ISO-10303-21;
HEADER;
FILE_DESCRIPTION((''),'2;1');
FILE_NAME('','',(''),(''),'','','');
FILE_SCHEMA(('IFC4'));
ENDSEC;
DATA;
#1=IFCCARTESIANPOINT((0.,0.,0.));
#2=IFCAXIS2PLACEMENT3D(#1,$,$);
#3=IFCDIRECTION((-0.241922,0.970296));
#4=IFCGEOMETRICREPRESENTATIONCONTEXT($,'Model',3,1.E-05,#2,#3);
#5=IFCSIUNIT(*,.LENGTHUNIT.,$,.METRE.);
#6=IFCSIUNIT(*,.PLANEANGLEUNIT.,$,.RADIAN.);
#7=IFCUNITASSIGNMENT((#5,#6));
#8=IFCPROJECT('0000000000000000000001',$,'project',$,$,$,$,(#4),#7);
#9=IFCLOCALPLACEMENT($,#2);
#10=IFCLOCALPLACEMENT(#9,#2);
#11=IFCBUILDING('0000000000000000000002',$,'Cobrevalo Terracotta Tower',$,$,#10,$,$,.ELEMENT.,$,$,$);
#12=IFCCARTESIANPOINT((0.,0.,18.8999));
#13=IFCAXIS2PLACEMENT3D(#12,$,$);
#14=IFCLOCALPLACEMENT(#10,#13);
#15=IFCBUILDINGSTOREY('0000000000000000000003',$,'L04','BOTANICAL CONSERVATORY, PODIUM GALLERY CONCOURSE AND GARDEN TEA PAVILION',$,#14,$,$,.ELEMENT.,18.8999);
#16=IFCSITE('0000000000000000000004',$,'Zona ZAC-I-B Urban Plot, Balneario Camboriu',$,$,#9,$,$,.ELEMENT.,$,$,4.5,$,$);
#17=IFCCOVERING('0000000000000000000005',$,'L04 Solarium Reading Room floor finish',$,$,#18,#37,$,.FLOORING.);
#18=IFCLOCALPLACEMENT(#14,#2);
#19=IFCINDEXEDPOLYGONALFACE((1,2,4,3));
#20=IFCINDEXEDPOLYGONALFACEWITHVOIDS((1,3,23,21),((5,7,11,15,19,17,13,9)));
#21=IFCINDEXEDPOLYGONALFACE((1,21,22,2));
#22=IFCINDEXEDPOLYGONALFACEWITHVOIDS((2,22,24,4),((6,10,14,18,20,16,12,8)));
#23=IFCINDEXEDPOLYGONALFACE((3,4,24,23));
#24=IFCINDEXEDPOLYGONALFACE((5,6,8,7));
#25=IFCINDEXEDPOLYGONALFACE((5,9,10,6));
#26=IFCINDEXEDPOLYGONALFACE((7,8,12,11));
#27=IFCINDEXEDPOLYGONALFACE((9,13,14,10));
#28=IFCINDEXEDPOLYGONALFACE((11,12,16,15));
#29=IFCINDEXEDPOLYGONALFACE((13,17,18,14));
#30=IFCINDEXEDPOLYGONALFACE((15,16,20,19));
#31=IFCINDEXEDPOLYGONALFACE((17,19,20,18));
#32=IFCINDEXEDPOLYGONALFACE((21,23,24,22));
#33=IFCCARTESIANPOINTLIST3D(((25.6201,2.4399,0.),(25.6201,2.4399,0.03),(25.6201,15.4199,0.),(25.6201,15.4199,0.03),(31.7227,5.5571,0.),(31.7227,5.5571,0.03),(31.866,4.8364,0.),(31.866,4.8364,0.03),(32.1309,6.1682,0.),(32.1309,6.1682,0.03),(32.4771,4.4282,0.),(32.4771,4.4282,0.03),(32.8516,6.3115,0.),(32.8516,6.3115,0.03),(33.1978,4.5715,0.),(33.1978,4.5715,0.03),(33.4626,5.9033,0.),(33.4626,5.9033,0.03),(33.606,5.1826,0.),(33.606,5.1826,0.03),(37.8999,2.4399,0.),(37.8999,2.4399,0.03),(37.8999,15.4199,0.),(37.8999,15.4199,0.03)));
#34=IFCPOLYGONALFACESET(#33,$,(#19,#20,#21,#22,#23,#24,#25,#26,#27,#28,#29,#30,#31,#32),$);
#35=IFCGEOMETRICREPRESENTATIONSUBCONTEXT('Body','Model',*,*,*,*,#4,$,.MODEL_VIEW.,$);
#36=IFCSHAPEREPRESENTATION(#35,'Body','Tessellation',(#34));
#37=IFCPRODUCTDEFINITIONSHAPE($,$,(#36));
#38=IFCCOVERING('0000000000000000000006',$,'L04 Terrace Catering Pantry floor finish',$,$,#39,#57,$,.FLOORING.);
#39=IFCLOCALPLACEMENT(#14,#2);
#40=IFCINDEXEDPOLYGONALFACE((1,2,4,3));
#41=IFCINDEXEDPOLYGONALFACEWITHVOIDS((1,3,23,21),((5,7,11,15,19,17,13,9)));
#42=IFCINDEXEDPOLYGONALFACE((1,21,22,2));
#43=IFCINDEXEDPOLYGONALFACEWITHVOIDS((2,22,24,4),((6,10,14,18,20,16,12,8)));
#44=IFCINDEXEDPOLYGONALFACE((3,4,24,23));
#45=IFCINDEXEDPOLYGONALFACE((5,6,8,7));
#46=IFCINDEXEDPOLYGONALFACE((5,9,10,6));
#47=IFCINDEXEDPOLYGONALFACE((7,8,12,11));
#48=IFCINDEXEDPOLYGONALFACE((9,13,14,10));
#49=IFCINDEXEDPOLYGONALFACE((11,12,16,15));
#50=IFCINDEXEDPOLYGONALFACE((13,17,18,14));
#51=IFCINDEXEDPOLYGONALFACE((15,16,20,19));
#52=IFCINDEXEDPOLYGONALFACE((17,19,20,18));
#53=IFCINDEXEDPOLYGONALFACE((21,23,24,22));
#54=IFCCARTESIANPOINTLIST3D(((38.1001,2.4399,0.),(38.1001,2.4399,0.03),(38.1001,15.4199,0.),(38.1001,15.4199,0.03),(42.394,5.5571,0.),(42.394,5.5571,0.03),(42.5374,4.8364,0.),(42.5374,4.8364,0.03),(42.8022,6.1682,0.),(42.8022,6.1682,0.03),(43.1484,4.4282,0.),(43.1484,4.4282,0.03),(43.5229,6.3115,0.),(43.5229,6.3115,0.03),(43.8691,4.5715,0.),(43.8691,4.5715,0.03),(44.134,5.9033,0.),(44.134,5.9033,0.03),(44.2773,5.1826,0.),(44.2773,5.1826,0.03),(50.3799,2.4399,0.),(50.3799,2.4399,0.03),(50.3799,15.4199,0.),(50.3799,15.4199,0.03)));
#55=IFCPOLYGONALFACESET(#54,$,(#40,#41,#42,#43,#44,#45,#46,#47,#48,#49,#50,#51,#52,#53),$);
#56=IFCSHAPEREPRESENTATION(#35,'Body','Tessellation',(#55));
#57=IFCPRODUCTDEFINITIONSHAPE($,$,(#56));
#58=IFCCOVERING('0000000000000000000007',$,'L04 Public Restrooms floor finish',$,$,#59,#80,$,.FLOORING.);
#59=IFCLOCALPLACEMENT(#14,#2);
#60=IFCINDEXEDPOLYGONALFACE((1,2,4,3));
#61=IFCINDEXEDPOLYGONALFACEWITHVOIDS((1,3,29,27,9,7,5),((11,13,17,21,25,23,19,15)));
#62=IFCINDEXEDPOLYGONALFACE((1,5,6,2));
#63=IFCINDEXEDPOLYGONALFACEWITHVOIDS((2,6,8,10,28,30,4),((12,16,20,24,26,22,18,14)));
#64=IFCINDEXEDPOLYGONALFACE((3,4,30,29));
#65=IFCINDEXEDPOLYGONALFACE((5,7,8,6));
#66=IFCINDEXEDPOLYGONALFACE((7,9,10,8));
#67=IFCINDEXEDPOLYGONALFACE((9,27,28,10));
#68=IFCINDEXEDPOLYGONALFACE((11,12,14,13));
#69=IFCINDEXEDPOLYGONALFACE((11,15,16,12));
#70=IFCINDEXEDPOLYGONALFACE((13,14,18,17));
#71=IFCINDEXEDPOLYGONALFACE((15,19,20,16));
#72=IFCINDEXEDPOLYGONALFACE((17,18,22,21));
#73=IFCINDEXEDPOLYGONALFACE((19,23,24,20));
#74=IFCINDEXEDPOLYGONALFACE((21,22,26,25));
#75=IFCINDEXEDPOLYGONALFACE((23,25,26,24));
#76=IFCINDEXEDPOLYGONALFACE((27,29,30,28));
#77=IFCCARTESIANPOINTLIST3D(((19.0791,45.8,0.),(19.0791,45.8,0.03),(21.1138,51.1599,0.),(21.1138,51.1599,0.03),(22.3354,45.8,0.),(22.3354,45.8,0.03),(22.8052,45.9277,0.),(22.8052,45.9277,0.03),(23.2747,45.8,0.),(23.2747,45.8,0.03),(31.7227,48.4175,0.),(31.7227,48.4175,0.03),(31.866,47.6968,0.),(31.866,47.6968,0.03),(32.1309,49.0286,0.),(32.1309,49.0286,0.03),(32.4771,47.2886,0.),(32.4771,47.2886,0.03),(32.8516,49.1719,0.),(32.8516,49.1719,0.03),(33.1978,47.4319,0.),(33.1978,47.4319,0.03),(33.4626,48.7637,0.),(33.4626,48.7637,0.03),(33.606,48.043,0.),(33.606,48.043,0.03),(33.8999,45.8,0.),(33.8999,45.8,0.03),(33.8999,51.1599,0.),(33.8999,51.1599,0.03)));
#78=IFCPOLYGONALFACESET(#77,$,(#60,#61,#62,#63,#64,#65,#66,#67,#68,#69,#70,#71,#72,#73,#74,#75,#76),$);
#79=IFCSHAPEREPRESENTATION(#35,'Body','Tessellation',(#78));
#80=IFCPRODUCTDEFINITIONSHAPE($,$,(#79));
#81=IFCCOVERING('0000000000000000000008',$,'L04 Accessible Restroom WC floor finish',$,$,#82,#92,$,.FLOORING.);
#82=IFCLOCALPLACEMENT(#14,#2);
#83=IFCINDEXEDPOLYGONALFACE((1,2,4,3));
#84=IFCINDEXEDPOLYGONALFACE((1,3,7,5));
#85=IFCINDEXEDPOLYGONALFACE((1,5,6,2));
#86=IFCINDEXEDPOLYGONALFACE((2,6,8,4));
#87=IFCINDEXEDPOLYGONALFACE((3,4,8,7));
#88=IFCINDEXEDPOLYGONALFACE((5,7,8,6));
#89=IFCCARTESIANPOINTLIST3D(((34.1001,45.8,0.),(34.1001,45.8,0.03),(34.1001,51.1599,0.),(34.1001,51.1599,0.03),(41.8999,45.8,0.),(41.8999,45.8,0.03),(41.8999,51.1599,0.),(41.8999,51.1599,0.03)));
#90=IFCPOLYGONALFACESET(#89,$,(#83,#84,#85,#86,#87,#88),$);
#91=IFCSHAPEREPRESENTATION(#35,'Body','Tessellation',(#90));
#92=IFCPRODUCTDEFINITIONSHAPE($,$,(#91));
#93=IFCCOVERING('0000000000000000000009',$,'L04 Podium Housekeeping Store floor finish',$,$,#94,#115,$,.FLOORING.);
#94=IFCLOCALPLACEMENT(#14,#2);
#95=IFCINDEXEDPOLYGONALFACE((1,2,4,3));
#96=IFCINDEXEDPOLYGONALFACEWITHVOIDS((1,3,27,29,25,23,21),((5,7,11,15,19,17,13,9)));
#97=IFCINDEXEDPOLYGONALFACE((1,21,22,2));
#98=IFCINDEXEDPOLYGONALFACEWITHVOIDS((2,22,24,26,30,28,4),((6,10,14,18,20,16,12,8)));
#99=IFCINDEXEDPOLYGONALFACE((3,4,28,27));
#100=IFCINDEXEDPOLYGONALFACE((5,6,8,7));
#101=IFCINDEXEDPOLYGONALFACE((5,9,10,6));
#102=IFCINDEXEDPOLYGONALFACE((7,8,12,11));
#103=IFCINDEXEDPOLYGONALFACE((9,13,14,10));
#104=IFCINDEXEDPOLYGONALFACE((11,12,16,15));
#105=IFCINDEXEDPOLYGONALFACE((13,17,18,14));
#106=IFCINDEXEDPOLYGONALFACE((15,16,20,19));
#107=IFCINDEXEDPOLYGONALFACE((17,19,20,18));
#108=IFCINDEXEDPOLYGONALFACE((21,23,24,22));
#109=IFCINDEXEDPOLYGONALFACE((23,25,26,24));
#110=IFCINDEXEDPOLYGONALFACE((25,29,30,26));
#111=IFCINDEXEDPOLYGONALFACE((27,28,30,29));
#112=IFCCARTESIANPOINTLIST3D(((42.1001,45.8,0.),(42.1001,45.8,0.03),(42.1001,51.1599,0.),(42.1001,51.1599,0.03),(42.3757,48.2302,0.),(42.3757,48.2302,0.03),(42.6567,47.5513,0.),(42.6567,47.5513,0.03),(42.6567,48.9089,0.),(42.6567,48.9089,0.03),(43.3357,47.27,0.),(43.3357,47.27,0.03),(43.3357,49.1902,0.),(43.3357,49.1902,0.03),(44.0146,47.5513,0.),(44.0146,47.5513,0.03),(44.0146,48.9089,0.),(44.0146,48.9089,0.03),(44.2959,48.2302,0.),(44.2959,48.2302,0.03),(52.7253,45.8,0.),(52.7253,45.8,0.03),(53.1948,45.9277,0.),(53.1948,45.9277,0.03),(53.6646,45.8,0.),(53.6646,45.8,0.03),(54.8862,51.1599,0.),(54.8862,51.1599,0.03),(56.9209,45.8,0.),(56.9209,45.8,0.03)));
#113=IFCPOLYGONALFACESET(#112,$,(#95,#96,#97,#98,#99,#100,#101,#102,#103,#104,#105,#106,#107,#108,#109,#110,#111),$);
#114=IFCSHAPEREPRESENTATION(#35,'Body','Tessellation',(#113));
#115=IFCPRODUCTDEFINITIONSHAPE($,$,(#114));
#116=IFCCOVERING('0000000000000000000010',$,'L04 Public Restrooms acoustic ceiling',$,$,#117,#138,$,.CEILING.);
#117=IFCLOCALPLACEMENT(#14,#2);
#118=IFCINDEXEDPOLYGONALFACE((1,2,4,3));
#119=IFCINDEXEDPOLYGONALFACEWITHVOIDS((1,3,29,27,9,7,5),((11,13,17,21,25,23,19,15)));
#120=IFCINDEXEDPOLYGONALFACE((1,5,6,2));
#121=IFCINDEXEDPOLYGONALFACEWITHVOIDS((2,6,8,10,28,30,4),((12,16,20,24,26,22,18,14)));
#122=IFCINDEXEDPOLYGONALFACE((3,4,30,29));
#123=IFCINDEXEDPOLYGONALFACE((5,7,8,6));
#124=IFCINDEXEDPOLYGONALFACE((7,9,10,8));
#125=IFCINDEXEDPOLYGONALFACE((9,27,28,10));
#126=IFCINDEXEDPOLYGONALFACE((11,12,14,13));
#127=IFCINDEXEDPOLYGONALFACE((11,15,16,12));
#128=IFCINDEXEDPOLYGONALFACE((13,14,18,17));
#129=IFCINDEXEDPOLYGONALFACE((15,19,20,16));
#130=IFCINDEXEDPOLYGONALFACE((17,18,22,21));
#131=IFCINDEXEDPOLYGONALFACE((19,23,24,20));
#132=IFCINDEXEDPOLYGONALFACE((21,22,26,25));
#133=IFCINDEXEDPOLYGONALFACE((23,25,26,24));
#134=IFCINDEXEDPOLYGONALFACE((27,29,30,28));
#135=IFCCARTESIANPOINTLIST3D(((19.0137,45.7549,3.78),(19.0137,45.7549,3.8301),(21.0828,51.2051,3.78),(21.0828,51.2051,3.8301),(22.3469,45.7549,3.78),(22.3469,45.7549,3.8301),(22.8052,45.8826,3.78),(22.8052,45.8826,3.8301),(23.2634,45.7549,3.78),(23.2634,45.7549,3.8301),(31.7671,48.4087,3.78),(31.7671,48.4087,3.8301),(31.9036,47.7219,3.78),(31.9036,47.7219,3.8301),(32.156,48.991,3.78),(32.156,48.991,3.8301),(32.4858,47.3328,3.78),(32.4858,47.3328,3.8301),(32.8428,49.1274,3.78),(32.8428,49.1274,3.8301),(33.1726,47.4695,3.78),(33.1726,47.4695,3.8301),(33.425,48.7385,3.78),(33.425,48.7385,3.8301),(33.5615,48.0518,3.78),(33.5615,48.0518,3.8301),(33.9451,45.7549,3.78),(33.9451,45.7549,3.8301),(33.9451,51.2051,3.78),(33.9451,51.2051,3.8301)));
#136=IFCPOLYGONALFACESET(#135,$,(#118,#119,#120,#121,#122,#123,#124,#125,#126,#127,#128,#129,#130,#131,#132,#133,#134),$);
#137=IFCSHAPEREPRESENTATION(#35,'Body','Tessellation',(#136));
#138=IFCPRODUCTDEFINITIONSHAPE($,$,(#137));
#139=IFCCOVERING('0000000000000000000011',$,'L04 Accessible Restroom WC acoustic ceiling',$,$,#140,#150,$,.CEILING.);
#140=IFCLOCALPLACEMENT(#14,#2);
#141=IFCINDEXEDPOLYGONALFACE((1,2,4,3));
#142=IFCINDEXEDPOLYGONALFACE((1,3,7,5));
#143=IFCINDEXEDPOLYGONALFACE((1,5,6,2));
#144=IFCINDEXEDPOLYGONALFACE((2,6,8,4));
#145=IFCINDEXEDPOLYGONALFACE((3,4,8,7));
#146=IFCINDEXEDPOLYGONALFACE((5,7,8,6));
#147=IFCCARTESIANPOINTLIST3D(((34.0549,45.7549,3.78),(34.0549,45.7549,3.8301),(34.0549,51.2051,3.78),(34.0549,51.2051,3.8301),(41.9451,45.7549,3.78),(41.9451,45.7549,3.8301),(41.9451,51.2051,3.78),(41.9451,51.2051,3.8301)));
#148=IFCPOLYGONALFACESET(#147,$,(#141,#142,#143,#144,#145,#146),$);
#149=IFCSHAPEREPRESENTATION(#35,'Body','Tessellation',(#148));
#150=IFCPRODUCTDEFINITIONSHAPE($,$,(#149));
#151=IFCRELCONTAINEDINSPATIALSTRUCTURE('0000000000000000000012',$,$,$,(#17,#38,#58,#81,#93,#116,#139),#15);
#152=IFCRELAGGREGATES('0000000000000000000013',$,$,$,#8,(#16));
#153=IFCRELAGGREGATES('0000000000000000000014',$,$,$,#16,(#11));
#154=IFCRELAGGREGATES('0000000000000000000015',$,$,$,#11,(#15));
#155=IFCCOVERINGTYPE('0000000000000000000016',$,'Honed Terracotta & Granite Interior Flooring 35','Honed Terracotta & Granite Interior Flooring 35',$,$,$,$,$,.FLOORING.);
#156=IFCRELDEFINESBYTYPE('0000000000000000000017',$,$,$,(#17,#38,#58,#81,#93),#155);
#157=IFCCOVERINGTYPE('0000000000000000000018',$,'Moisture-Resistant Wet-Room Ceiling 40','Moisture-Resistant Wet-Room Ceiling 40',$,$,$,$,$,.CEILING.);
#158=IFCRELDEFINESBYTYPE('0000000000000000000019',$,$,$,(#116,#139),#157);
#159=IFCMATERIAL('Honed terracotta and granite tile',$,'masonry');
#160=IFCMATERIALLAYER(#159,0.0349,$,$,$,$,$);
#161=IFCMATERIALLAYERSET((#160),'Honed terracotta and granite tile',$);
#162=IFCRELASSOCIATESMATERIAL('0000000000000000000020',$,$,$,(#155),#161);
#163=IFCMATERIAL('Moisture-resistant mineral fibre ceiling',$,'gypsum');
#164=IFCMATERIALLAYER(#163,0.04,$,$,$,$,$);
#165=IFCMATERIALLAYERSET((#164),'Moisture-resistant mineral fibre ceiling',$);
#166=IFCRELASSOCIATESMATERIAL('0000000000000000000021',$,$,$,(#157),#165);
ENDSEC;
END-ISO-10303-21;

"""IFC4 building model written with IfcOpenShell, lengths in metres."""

from ifc_helpers import new_model, si_unit, direction, frame, origin, place, context, subcontext, project, spatial, polyline, outline, extrude, material, layer, layer_set, type_object, element, save


model = new_model("IFC4")

# Units and contexts
model_context = context("Model", 3, precision=1e-05, world=origin(), true_north=direction((-0.241922, 0.970296)))
body_context = subcontext(model_context, "Body", "Model", "MODEL_VIEW")
ifc_project = project(units=[si_unit("LENGTHUNIT", "METRE"), si_unit("PLANEANGLEUNIT", "RADIAN")], contexts=[model_context])

# Site, building, storey
site_placement = place(None, origin())
site = spatial("IfcSite", under=ifc_project, at=site_placement, Name="Zona ZAC-I-B Urban Plot, Balneario Camboriu", CompositionType="ELEMENT", RefElevation=4.5)
building_placement = place(site_placement, origin())
building = spatial("IfcBuilding", under=site, at=building_placement, Name="Cobrevalo Terracotta Tower", CompositionType="ELEMENT")
storey_placement = place(building_placement, frame((0.0, 0.0, 18.8999)))
storey = spatial("IfcBuildingStorey", under=building, at=storey_placement, Name="L04", Description="BOTANICAL CONSERVATORY, PODIUM GALLERY CONCOURSE AND GARDEN TEA PAVILION", CompositionType="ELEMENT", Elevation=18.8999)

# Coverings
ifc_material_1 = material(Name="Honed terracotta and granite tile", Category="masonry")
ifc_layer_1 = layer(ifc_material_1, 0.0349)
ifc_layer_set_1 = layer_set([ifc_layer_1], Name="Honed terracotta and granite tile")
covering_type_1 = type_object("IfcCoveringType", Name="Honed Terracotta & Granite Interior Flooring 35", Description="Honed Terracotta & Granite Interior Flooring 35", PredefinedType="FLOORING", material=ifc_layer_set_1)
covering_1_placement = place(storey_placement, origin())
element("IfcCovering", 1, at=covering_1_placement, inside=storey, type_object=covering_type_1, Name="L04 Solarium Reading Room floor finish", PredefinedType="FLOORING", context=body_context, shape_type="SweptSolid", body=[
    extrude(outline(polyline([(25.6201, 15.4199), (37.8999, 15.4199), (37.8999, 2.4399), (25.6201, 2.4399), (25.6201, 15.4199)]), holes=[polyline([(33.1978, 4.5715), (33.606, 5.1826), (33.4626, 5.9033), (32.8516, 6.3115), (32.1309, 6.1682), (31.7227, 5.5571), (31.866, 4.8364), (32.4771, 4.4282), (33.1978, 4.5715)])]), origin(), (0.0, 0.0, 1.0), 0.03),
])
covering_2_placement = place(storey_placement, origin())
element("IfcCovering", 2, at=covering_2_placement, inside=storey, type_object=covering_type_1, Name="L04 Terrace Catering Pantry floor finish", PredefinedType="FLOORING", context=body_context, shape_type="SweptSolid", body=[
    extrude(outline(polyline([(38.1001, 15.4199), (50.3799, 15.4199), (50.3799, 2.4399), (38.1001, 2.4399), (38.1001, 15.4199)]), holes=[polyline([(43.8691, 4.5715), (44.2773, 5.1826), (44.134, 5.9033), (43.5229, 6.3115), (42.8022, 6.1682), (42.394, 5.5571), (42.5374, 4.8364), (43.1484, 4.4282), (43.8691, 4.5715)])]), origin(), (0.0, 0.0, 1.0), 0.03),
])
covering_3_placement = place(storey_placement, origin())
element("IfcCovering", 3, at=covering_3_placement, inside=storey, type_object=covering_type_1, Name="L04 Public Restrooms floor finish", PredefinedType="FLOORING", context=body_context, shape_type="SweptSolid", body=[
    extrude(outline(polyline([(33.8999, 45.8), (23.2747, 45.8), (22.8052, 45.9277), (22.3354, 45.8), (19.0791, 45.8), (21.1138, 51.1599), (33.8999, 51.1599), (33.8999, 45.8)]), holes=[polyline([(33.1978, 47.4319), (33.606, 48.043), (33.4626, 48.7637), (32.8516, 49.1719), (32.1309, 49.0286), (31.7227, 48.4175), (31.866, 47.6968), (32.4771, 47.2886), (33.1978, 47.4319)])]), origin(), (0.0, 0.0, 1.0), 0.03),
])
covering_4_placement = place(storey_placement, origin())
element("IfcCovering", 4, at=covering_4_placement, inside=storey, type_object=covering_type_1, Name="L04 Accessible Restroom WC floor finish", PredefinedType="FLOORING", context=body_context, shape_type="SweptSolid", body=[
    extrude(outline(polyline([(41.8999, 45.8), (34.1001, 45.8), (34.1001, 51.1599), (41.8999, 51.1599), (41.8999, 45.8)])), origin(), (0.0, 0.0, 1.0), 0.03),
])
covering_5_placement = place(storey_placement, origin())
element("IfcCovering", 5, at=covering_5_placement, inside=storey, type_object=covering_type_1, Name="L04 Podium Housekeeping Store floor finish", PredefinedType="FLOORING", context=body_context, shape_type="SweptSolid", body=[
    extrude(outline(polyline([(56.9209, 45.8), (53.6646, 45.8), (53.1948, 45.9277), (52.7253, 45.8), (42.1001, 45.8), (42.1001, 51.1599), (54.8862, 51.1599), (56.9209, 45.8)]), holes=[polyline([(44.0146, 47.5513), (44.2959, 48.2302), (44.0146, 48.9089), (43.3357, 49.1902), (42.6567, 48.9089), (42.3757, 48.2302), (42.6567, 47.5513), (43.3357, 47.27), (44.0146, 47.5513)])]), origin(), (0.0, 0.0, 1.0), 0.03),
])
ifc_material_2 = material(Name="Moisture-resistant mineral fibre ceiling", Category="gypsum")
ifc_layer_2 = layer(ifc_material_2, 0.04)
ifc_layer_set_2 = layer_set([ifc_layer_2], Name="Moisture-resistant mineral fibre ceiling")
covering_type_2 = type_object("IfcCoveringType", Name="Moisture-Resistant Wet-Room Ceiling 40", Description="Moisture-Resistant Wet-Room Ceiling 40", PredefinedType="CEILING", material=ifc_layer_set_2)
covering_6_placement = place(storey_placement, frame((0.0, 0.0, 3.78)))
element("IfcCovering", 6, at=covering_6_placement, inside=storey, type_object=covering_type_2, Name="L04 Public Restrooms acoustic ceiling", PredefinedType="CEILING", context=body_context, shape_type="SweptSolid", body=[
    extrude(outline(polyline([(33.9451, 45.7549), (23.2634, 45.7549), (22.8052, 45.8826), (22.3469, 45.7549), (19.0137, 45.7549), (21.0828, 51.2051), (33.9451, 51.2051), (33.9451, 45.7549)]), holes=[polyline([(33.1726, 47.4695), (33.5615, 48.0518), (33.425, 48.7385), (32.8428, 49.1274), (32.156, 48.991), (31.7671, 48.4087), (31.9036, 47.7219), (32.4858, 47.3328), (33.1726, 47.4695)])]), origin(), (0.0, 0.0, 1.0), 0.05),
])
covering_7_placement = place(storey_placement, frame((0.0, 0.0, 3.78)))
element("IfcCovering", 7, at=covering_7_placement, inside=storey, type_object=covering_type_2, Name="L04 Accessible Restroom WC acoustic ceiling", PredefinedType="CEILING", context=body_context, shape_type="SweptSolid", body=[
    extrude(outline(polyline([(41.9451, 45.7549), (34.0549, 45.7549), (34.0549, 51.2051), (41.9451, 51.2051), (41.9451, 45.7549)])), origin(), (0.0, 0.0, 1.0), 0.05),
])

save(model, "model.ifc")
